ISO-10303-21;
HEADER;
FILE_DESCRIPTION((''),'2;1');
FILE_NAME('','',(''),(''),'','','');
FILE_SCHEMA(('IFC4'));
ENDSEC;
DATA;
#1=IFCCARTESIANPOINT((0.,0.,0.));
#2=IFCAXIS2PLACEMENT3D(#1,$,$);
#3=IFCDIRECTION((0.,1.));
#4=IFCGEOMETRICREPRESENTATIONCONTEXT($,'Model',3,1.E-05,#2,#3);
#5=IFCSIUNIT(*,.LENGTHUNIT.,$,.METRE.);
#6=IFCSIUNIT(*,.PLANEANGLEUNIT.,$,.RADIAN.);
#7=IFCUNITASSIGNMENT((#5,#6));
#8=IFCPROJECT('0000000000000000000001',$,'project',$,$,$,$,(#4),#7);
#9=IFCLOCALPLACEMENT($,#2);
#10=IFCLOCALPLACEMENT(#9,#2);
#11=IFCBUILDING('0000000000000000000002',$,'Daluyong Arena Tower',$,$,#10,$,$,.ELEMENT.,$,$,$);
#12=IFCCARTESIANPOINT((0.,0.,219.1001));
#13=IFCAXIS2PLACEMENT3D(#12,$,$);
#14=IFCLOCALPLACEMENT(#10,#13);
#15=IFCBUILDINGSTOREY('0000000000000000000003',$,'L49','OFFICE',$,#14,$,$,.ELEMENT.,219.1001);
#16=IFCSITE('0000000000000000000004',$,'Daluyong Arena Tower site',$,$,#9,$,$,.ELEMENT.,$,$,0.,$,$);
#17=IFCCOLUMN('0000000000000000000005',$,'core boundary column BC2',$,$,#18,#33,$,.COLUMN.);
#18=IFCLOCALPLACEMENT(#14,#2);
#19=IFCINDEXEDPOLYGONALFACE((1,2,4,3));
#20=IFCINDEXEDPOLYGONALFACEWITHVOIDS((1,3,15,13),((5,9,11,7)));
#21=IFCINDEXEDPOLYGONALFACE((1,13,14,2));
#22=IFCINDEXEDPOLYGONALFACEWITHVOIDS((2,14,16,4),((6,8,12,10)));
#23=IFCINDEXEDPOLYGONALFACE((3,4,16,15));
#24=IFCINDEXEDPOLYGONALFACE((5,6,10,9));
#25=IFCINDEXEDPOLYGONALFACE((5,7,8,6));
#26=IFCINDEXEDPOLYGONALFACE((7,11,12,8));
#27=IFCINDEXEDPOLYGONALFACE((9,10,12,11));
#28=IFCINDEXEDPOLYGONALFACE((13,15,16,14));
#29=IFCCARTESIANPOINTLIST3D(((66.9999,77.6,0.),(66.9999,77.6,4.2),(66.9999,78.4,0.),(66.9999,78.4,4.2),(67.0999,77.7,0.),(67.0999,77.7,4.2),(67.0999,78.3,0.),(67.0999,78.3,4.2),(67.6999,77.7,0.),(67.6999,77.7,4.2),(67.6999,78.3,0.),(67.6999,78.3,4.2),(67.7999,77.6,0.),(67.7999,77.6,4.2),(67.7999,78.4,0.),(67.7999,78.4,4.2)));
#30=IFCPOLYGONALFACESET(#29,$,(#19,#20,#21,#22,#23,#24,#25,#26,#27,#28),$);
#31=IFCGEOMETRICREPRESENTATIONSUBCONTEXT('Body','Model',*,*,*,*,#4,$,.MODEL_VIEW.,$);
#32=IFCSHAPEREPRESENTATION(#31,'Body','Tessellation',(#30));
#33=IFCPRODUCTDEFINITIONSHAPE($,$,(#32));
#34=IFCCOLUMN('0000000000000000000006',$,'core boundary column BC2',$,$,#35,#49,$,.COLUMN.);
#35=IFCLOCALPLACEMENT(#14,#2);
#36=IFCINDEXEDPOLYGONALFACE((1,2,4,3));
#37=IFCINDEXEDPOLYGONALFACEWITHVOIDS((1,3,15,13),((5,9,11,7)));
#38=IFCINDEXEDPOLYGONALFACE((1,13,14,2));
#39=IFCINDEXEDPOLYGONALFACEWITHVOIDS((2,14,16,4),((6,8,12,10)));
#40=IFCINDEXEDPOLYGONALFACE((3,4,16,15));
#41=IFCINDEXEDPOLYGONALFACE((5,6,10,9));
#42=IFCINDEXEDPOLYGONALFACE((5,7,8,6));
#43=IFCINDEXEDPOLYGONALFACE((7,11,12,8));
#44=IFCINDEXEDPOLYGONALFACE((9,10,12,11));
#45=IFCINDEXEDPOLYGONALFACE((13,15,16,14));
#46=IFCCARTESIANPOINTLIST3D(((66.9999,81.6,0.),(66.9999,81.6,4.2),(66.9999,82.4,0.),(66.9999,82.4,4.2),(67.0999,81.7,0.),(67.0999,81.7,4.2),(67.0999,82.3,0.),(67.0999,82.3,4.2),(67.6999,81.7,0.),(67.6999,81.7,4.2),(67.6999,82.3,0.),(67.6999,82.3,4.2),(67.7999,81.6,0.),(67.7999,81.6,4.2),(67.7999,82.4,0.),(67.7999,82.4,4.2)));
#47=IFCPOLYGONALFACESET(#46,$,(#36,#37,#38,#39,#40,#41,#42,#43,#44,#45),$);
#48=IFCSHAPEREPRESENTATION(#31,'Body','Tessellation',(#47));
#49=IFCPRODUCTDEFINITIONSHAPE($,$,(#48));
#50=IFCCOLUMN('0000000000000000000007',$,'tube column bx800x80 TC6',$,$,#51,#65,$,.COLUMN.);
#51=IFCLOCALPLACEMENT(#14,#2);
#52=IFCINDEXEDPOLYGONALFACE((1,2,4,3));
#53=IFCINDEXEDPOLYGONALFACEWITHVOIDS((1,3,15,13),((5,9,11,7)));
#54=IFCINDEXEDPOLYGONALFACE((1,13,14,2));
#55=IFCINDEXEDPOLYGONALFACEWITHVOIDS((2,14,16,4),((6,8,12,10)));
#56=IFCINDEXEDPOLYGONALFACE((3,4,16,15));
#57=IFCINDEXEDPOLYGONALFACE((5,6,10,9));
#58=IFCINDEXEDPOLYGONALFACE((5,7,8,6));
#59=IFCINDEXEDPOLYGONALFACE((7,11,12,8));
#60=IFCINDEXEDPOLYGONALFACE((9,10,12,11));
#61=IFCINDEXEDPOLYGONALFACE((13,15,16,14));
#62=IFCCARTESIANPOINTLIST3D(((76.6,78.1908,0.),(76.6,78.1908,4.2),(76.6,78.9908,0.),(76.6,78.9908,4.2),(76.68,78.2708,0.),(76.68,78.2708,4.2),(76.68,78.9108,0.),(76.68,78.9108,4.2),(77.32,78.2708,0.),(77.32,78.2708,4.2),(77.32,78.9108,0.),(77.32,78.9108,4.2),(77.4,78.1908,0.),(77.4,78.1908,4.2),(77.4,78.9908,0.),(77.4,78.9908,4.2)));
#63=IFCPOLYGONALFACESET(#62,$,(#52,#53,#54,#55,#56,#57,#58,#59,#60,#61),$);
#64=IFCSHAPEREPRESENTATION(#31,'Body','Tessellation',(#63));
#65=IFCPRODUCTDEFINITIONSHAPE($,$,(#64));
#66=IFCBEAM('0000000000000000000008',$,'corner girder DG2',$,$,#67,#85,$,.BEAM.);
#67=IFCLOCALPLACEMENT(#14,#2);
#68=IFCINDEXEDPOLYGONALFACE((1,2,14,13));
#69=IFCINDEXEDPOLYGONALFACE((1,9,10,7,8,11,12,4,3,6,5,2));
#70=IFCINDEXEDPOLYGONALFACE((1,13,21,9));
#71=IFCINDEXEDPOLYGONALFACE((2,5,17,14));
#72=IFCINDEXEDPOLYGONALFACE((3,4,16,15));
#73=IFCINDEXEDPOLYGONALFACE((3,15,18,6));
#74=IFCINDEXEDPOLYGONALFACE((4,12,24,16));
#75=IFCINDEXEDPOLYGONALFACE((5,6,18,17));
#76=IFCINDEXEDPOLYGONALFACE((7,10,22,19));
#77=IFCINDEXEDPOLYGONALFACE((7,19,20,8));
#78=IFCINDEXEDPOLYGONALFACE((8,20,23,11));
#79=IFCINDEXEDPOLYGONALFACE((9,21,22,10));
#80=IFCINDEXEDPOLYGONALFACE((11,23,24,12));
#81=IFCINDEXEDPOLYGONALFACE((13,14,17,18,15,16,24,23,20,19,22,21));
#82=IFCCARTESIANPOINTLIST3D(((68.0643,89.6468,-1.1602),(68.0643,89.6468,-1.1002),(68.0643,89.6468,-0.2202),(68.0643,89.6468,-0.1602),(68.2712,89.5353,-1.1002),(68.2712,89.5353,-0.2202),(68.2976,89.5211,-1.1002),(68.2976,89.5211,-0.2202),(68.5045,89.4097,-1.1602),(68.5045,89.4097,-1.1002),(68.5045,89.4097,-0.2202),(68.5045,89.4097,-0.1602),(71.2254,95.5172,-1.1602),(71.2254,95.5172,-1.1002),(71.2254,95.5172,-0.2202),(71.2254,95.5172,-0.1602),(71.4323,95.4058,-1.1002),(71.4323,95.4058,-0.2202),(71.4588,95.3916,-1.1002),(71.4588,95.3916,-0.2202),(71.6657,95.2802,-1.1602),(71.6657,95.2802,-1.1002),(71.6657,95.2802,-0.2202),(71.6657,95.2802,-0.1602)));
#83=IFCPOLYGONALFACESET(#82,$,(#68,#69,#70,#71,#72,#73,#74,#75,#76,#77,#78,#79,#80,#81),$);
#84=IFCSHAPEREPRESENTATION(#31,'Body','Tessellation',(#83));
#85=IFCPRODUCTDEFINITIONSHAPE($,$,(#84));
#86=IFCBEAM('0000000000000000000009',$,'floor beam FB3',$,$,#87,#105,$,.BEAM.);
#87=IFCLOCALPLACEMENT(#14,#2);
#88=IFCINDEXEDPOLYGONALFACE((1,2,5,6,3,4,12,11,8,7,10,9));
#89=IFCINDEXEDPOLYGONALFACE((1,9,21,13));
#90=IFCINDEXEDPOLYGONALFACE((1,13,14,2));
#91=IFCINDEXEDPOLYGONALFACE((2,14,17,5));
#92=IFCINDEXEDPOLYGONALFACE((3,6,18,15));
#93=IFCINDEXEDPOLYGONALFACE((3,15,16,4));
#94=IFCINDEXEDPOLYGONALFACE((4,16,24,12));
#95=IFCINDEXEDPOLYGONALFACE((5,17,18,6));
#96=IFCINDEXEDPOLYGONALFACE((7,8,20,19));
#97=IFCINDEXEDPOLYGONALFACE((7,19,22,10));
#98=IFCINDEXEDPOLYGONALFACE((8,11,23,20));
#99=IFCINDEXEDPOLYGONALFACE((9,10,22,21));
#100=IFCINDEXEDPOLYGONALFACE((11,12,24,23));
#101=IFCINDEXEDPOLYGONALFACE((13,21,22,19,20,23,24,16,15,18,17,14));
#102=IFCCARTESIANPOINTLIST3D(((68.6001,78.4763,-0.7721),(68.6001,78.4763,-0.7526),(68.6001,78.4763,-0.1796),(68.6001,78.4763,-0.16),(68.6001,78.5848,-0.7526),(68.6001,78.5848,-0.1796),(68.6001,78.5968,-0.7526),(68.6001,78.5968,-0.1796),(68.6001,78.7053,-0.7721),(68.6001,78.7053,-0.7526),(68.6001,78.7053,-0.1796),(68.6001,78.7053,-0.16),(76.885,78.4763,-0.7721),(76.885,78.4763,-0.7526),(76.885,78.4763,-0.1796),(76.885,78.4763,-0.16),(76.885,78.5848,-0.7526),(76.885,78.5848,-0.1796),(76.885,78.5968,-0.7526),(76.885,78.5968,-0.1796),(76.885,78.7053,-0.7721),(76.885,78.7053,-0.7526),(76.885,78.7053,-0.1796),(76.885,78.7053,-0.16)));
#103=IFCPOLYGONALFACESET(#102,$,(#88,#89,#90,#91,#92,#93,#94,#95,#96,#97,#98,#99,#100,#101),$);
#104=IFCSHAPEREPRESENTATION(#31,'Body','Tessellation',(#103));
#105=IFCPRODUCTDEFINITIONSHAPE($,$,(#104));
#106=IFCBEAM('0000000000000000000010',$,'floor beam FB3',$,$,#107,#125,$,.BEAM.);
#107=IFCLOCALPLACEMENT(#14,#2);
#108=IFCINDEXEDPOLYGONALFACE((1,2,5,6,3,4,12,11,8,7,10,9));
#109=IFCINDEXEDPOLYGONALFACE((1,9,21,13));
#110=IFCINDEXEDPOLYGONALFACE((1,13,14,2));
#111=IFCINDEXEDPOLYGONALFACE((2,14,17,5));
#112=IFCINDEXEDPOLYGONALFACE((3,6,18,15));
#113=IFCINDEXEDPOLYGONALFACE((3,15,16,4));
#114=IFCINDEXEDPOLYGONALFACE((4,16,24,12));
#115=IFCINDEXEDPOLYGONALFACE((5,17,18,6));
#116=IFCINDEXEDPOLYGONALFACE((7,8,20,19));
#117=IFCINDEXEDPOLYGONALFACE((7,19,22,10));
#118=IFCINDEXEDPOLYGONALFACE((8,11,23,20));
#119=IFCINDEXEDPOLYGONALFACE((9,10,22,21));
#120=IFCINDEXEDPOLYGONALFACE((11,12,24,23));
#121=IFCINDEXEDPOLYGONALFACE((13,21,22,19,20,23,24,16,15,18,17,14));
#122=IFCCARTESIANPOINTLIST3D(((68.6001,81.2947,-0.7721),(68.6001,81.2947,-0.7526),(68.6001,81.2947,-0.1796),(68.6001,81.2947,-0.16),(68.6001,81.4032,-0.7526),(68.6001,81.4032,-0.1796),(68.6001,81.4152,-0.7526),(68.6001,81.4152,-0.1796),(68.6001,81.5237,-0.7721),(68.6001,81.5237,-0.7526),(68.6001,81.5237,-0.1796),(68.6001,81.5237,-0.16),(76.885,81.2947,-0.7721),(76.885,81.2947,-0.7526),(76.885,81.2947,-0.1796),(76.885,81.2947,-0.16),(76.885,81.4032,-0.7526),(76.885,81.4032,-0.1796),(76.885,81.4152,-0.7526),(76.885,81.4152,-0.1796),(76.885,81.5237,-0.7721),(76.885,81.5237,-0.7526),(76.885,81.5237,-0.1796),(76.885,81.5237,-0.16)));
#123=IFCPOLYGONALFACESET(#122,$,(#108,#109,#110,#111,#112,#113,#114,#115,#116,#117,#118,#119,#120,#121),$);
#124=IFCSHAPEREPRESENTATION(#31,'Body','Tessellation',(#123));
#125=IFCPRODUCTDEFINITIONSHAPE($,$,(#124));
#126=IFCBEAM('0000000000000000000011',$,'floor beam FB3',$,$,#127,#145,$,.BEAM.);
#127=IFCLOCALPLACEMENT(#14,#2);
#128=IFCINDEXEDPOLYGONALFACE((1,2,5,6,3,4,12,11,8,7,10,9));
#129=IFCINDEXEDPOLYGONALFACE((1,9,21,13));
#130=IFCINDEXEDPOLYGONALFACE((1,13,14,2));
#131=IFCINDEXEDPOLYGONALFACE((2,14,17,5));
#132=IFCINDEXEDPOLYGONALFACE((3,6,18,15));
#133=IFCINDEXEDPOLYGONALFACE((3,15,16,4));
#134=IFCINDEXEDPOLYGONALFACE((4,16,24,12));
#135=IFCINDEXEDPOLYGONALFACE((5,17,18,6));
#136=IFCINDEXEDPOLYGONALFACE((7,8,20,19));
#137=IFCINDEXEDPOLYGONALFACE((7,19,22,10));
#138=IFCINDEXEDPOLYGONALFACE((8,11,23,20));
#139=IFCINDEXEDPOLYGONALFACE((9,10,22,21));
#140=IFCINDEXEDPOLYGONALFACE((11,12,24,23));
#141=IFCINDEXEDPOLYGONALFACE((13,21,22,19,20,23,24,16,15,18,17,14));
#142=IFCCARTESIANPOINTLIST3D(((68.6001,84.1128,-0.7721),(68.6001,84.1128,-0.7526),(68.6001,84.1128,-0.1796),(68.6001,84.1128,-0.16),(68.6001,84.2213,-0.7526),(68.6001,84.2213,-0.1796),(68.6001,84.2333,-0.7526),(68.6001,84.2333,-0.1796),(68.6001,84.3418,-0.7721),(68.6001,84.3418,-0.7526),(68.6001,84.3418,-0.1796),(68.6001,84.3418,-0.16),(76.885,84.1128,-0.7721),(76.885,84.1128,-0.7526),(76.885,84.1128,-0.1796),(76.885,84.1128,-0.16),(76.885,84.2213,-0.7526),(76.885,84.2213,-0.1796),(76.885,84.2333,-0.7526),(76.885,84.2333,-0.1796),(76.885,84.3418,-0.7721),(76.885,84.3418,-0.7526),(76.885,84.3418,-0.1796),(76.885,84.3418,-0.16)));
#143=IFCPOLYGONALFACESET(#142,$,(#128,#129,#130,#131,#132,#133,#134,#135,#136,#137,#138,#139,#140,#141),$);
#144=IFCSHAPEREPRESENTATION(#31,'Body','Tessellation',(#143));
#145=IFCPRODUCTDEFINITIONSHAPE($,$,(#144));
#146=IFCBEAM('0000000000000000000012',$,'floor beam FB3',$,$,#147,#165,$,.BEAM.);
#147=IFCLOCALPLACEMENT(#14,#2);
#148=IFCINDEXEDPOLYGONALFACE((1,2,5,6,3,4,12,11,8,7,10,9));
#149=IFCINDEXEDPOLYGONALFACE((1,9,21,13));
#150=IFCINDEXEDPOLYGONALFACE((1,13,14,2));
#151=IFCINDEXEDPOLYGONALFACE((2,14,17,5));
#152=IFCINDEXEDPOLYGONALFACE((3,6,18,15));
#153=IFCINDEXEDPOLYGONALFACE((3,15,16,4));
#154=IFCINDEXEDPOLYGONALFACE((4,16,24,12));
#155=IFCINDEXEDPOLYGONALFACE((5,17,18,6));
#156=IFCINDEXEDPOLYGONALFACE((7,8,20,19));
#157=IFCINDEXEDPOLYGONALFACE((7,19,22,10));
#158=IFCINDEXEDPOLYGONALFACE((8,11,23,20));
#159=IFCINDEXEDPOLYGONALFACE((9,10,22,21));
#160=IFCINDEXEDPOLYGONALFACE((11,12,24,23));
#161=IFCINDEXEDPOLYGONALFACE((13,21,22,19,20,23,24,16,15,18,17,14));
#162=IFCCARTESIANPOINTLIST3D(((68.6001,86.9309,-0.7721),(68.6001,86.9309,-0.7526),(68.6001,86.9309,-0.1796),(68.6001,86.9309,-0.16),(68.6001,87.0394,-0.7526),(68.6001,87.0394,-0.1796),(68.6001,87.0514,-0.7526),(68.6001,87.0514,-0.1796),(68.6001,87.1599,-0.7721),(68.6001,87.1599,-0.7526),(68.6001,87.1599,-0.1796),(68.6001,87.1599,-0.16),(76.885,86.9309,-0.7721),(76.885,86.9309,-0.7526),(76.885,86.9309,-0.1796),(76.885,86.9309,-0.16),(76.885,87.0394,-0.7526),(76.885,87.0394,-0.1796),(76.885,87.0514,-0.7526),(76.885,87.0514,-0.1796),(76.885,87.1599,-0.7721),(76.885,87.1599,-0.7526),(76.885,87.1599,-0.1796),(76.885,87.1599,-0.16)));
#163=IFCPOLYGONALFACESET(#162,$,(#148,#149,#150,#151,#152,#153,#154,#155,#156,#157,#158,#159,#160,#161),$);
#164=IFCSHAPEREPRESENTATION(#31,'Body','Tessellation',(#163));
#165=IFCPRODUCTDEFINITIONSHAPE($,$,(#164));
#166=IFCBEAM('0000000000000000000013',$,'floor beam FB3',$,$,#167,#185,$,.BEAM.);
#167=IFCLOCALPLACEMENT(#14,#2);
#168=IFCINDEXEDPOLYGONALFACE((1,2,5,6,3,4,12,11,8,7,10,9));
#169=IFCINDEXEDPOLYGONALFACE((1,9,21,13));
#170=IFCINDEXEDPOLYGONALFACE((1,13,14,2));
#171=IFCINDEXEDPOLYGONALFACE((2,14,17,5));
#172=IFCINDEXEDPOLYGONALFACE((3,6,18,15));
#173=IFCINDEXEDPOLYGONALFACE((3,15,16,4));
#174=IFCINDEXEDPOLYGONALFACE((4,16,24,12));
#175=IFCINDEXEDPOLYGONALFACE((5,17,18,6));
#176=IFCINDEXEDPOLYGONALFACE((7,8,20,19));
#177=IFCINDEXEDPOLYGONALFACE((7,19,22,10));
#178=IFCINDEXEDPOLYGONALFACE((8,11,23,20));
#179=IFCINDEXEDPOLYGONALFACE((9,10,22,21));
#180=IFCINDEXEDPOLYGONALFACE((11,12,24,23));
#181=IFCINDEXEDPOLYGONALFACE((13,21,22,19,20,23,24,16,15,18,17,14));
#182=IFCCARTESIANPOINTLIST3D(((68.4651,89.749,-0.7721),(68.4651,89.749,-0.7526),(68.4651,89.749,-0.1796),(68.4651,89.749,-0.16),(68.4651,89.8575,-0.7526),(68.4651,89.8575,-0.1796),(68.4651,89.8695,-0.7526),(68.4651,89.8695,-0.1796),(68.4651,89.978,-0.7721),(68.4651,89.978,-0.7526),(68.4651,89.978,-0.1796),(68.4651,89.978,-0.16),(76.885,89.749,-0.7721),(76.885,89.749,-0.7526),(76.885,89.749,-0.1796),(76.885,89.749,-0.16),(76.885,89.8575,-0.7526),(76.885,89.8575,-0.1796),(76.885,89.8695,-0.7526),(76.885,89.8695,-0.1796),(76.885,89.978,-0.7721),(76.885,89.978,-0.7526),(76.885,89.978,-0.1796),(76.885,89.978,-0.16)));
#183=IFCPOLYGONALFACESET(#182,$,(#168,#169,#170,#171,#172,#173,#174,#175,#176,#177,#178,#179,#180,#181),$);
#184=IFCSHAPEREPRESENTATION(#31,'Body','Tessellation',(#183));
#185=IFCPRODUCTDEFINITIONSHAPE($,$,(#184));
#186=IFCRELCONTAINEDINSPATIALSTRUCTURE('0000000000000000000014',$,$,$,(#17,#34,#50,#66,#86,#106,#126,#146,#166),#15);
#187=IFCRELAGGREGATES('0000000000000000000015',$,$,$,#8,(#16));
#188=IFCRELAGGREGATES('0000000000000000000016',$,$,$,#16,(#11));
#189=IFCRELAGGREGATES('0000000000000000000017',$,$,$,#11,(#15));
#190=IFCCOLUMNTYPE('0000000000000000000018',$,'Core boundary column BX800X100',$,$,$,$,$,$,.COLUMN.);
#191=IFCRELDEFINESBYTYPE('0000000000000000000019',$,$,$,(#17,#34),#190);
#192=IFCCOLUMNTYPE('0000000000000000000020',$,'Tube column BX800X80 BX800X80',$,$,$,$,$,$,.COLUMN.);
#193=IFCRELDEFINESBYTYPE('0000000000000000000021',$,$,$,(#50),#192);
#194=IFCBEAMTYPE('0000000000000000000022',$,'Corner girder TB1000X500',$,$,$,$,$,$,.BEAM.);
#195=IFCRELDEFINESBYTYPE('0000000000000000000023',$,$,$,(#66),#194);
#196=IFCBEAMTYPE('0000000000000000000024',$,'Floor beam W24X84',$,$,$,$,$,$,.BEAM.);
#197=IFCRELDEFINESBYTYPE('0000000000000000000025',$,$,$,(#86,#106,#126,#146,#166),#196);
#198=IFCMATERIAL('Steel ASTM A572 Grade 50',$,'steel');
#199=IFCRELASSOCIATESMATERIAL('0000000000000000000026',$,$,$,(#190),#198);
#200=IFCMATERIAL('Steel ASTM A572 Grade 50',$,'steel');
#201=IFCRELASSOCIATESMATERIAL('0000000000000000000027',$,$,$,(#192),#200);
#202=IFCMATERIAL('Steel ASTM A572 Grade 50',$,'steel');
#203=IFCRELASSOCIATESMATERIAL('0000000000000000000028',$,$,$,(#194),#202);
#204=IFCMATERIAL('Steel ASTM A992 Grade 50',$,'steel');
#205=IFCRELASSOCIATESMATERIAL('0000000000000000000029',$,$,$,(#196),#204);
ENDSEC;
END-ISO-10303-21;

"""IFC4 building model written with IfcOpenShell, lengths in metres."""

from ifc_helpers import new_model, si_unit, direction, frame, origin, origin_2d, place, context, subcontext, project, spatial, hollow_rectangle, i_section, extrude, material, material_profile, profile_set, type_object, element, save


model = new_model("IFC4")

# Units and contexts
model_context = context("Model", 3, precision=1e-05, world=origin(), true_north=direction((0.0, 1.0)))
body_context = subcontext(model_context, "Body", "Model", "MODEL_VIEW")
ifc_project = project(units=[si_unit("LENGTHUNIT", "METRE"), si_unit("PLANEANGLEUNIT", "RADIAN")], contexts=[model_context])

# Site, building, storey
site_placement = place(None, origin())
site = spatial("IfcSite", under=ifc_project, at=site_placement, Name="Daluyong Arena Tower site", CompositionType="ELEMENT", RefElevation=0.0)
building_placement = place(site_placement, origin())
building = spatial("IfcBuilding", under=site, at=building_placement, Name="Daluyong Arena Tower", CompositionType="ELEMENT")
storey_placement = place(building_placement, frame((0.0, 0.0, 219.1001)))
storey = spatial("IfcBuildingStorey", under=building, at=storey_placement, Name="L49", Description="OFFICE", CompositionType="ELEMENT", Elevation=219.1001)

# Columns
ifc_material_1 = material(Name="Steel ASTM A572 Grade 50", Category="steel")
ifc_material_profile_1 = material_profile(ifc_material_1, hollow_rectangle(XDim=0.8, YDim=0.8, WallThickness=0.1, at=origin_2d()))
ifc_profile_set_1 = profile_set([ifc_material_profile_1], Name="Steel ASTM A572 Grade 50")
column_type_1 = type_object("IfcColumnType", Name="Core boundary column BX800X100", PredefinedType="COLUMN", material=ifc_profile_set_1)
for number, where, z_axis, x_axis, name in (
    (1, (67.3999, 78.0, 0.0), (0.0, 0.0, 1.0), (1.0, 0.0, 0.0), "core boundary column BC2"),
    (2, (67.3999, 82.0, 0.0), (0.0, 0.0, 1.0), (1.0, 0.0, 0.0), "core boundary column BC2"),
):
    element("IfcColumn", number, at=place(storey_placement, frame(where, z_axis=z_axis, x_axis=x_axis)), inside=storey, type_object=column_type_1, Name=name, PredefinedType="COLUMN", context=body_context, shape_type="SweptSolid", body=[
        extrude(hollow_rectangle(XDim=0.8, YDim=0.8, WallThickness=0.1, at=origin_2d()), origin(), (0.0, 0.0, 1.0), 4.2),
    ])
ifc_material_2 = material(Name="Steel ASTM A572 Grade 50", Category="steel")
ifc_material_profile_2 = material_profile(ifc_material_2, hollow_rectangle(XDim=0.8, YDim=0.8, WallThickness=0.08, at=origin_2d()))
ifc_profile_set_2 = profile_set([ifc_material_profile_2], Name="Steel ASTM A572 Grade 50")
column_type_2 = type_object("IfcColumnType", Name="Tube column BX800X80 BX800X80", PredefinedType="COLUMN", material=ifc_profile_set_2)
column_placement = place(storey_placement, frame((77.0, 78.5908, 0.0), z_axis=(0.0, 0.0, 1.0), x_axis=(0.0, 1.0, 0.0)))
element("IfcColumn", 3, at=column_placement, inside=storey, type_object=column_type_2, Name="tube column bx800x80 TC6", PredefinedType="COLUMN", context=body_context, shape_type="SweptSolid", body=[
    extrude(hollow_rectangle(XDim=0.8, YDim=0.8, WallThickness=0.08, at=origin_2d()), origin(), (0.0, 0.0, 1.0), 4.2),
])

# Beams
ifc_material_3 = material(Name="Steel ASTM A572 Grade 50", Category="steel")
ifc_material_profile_3 = material_profile(ifc_material_3, i_section(OverallWidth=0.5, OverallDepth=1.0, WebThickness=0.03, FlangeThickness=0.06, at=origin_2d()))
ifc_profile_set_3 = profile_set([ifc_material_profile_3], Name="Steel ASTM A572 Grade 50")
beam_type_1 = type_object("IfcBeamType", Name="Corner girder TB1000X500", PredefinedType="BEAM", material=ifc_profile_set_3)
beam_1_placement = place(storey_placement, frame((71.4456, 95.3987, -0.6602), z_axis=(-0.474119, -0.880461, 0.0), x_axis=(0.880461, -0.474119, 0.0)))
element("IfcBeam", 4, at=beam_1_placement, inside=storey, type_object=beam_type_1, Name="corner girder DG2", PredefinedType="BEAM", context=body_context, shape_type="SweptSolid", body=[
    extrude(i_section(OverallWidth=0.5, OverallDepth=1.0, WebThickness=0.03, FlangeThickness=0.06, at=origin_2d()), origin(), (0.0, 0.0, 1.0), 6.6675),
])
ifc_material_4 = material(Name="Steel ASTM A992 Grade 50", Category="steel")
ifc_material_profile_4 = material_profile(ifc_material_4, i_section(OverallWidth=0.229, OverallDepth=0.6121, WebThickness=0.012, FlangeThickness=0.0195, at=origin_2d()))
ifc_profile_set_4 = profile_set([ifc_material_profile_4], Name="Steel ASTM A992 Grade 50")
beam_type_2 = type_object("IfcBeamType", Name="Floor beam W24X84", PredefinedType="BEAM", material=ifc_profile_set_4)
for number, where, z_axis, x_axis, name in (
    (5, (76.885, 78.5908, -0.4661), (-1.0, 0.0, 0.0), (0.0, -1.0, 0.0), "floor beam FB3"),
    (6, (76.885, 81.4092, -0.4661), (-1.0, 0.0, 0.0), (0.0, -1.0, 0.0), "floor beam FB3"),
    (7, (76.885, 84.2273, -0.4661), (-1.0, 0.0, 0.0), (0.0, -1.0, 0.0), "floor beam FB3"),
    (8, (76.885, 87.0454, -0.4661), (-1.0, 0.0, 0.0), (0.0, -1.0, 0.0), "floor beam FB3"),
):
    element("IfcBeam", number, at=place(storey_placement, frame(where, z_axis=z_axis, x_axis=x_axis)), inside=storey, type_object=beam_type_2, Name=name, PredefinedType="BEAM", context=body_context, shape_type="SweptSolid", body=[
        extrude(i_section(OverallWidth=0.229, OverallDepth=0.6121, WebThickness=0.012, FlangeThickness=0.0195, at=origin_2d()), origin(), (0.0, 0.0, 1.0), 8.2849),
    ])
beam_2_placement = place(storey_placement, frame((76.885, 89.8635, -0.4661), z_axis=(-1.0, 0.0, 0.0), x_axis=(0.0, -1.0, 0.0)))
element("IfcBeam", 9, at=beam_2_placement, inside=storey, type_object=beam_type_2, Name="floor beam FB3", PredefinedType="BEAM", context=body_context, shape_type="SweptSolid", body=[
    extrude(i_section(OverallWidth=0.229, OverallDepth=0.6121, WebThickness=0.012, FlangeThickness=0.0195, at=origin_2d()), origin(), (0.0, 0.0, 1.0), 8.4199),
])

save(model, "model.ifc")
